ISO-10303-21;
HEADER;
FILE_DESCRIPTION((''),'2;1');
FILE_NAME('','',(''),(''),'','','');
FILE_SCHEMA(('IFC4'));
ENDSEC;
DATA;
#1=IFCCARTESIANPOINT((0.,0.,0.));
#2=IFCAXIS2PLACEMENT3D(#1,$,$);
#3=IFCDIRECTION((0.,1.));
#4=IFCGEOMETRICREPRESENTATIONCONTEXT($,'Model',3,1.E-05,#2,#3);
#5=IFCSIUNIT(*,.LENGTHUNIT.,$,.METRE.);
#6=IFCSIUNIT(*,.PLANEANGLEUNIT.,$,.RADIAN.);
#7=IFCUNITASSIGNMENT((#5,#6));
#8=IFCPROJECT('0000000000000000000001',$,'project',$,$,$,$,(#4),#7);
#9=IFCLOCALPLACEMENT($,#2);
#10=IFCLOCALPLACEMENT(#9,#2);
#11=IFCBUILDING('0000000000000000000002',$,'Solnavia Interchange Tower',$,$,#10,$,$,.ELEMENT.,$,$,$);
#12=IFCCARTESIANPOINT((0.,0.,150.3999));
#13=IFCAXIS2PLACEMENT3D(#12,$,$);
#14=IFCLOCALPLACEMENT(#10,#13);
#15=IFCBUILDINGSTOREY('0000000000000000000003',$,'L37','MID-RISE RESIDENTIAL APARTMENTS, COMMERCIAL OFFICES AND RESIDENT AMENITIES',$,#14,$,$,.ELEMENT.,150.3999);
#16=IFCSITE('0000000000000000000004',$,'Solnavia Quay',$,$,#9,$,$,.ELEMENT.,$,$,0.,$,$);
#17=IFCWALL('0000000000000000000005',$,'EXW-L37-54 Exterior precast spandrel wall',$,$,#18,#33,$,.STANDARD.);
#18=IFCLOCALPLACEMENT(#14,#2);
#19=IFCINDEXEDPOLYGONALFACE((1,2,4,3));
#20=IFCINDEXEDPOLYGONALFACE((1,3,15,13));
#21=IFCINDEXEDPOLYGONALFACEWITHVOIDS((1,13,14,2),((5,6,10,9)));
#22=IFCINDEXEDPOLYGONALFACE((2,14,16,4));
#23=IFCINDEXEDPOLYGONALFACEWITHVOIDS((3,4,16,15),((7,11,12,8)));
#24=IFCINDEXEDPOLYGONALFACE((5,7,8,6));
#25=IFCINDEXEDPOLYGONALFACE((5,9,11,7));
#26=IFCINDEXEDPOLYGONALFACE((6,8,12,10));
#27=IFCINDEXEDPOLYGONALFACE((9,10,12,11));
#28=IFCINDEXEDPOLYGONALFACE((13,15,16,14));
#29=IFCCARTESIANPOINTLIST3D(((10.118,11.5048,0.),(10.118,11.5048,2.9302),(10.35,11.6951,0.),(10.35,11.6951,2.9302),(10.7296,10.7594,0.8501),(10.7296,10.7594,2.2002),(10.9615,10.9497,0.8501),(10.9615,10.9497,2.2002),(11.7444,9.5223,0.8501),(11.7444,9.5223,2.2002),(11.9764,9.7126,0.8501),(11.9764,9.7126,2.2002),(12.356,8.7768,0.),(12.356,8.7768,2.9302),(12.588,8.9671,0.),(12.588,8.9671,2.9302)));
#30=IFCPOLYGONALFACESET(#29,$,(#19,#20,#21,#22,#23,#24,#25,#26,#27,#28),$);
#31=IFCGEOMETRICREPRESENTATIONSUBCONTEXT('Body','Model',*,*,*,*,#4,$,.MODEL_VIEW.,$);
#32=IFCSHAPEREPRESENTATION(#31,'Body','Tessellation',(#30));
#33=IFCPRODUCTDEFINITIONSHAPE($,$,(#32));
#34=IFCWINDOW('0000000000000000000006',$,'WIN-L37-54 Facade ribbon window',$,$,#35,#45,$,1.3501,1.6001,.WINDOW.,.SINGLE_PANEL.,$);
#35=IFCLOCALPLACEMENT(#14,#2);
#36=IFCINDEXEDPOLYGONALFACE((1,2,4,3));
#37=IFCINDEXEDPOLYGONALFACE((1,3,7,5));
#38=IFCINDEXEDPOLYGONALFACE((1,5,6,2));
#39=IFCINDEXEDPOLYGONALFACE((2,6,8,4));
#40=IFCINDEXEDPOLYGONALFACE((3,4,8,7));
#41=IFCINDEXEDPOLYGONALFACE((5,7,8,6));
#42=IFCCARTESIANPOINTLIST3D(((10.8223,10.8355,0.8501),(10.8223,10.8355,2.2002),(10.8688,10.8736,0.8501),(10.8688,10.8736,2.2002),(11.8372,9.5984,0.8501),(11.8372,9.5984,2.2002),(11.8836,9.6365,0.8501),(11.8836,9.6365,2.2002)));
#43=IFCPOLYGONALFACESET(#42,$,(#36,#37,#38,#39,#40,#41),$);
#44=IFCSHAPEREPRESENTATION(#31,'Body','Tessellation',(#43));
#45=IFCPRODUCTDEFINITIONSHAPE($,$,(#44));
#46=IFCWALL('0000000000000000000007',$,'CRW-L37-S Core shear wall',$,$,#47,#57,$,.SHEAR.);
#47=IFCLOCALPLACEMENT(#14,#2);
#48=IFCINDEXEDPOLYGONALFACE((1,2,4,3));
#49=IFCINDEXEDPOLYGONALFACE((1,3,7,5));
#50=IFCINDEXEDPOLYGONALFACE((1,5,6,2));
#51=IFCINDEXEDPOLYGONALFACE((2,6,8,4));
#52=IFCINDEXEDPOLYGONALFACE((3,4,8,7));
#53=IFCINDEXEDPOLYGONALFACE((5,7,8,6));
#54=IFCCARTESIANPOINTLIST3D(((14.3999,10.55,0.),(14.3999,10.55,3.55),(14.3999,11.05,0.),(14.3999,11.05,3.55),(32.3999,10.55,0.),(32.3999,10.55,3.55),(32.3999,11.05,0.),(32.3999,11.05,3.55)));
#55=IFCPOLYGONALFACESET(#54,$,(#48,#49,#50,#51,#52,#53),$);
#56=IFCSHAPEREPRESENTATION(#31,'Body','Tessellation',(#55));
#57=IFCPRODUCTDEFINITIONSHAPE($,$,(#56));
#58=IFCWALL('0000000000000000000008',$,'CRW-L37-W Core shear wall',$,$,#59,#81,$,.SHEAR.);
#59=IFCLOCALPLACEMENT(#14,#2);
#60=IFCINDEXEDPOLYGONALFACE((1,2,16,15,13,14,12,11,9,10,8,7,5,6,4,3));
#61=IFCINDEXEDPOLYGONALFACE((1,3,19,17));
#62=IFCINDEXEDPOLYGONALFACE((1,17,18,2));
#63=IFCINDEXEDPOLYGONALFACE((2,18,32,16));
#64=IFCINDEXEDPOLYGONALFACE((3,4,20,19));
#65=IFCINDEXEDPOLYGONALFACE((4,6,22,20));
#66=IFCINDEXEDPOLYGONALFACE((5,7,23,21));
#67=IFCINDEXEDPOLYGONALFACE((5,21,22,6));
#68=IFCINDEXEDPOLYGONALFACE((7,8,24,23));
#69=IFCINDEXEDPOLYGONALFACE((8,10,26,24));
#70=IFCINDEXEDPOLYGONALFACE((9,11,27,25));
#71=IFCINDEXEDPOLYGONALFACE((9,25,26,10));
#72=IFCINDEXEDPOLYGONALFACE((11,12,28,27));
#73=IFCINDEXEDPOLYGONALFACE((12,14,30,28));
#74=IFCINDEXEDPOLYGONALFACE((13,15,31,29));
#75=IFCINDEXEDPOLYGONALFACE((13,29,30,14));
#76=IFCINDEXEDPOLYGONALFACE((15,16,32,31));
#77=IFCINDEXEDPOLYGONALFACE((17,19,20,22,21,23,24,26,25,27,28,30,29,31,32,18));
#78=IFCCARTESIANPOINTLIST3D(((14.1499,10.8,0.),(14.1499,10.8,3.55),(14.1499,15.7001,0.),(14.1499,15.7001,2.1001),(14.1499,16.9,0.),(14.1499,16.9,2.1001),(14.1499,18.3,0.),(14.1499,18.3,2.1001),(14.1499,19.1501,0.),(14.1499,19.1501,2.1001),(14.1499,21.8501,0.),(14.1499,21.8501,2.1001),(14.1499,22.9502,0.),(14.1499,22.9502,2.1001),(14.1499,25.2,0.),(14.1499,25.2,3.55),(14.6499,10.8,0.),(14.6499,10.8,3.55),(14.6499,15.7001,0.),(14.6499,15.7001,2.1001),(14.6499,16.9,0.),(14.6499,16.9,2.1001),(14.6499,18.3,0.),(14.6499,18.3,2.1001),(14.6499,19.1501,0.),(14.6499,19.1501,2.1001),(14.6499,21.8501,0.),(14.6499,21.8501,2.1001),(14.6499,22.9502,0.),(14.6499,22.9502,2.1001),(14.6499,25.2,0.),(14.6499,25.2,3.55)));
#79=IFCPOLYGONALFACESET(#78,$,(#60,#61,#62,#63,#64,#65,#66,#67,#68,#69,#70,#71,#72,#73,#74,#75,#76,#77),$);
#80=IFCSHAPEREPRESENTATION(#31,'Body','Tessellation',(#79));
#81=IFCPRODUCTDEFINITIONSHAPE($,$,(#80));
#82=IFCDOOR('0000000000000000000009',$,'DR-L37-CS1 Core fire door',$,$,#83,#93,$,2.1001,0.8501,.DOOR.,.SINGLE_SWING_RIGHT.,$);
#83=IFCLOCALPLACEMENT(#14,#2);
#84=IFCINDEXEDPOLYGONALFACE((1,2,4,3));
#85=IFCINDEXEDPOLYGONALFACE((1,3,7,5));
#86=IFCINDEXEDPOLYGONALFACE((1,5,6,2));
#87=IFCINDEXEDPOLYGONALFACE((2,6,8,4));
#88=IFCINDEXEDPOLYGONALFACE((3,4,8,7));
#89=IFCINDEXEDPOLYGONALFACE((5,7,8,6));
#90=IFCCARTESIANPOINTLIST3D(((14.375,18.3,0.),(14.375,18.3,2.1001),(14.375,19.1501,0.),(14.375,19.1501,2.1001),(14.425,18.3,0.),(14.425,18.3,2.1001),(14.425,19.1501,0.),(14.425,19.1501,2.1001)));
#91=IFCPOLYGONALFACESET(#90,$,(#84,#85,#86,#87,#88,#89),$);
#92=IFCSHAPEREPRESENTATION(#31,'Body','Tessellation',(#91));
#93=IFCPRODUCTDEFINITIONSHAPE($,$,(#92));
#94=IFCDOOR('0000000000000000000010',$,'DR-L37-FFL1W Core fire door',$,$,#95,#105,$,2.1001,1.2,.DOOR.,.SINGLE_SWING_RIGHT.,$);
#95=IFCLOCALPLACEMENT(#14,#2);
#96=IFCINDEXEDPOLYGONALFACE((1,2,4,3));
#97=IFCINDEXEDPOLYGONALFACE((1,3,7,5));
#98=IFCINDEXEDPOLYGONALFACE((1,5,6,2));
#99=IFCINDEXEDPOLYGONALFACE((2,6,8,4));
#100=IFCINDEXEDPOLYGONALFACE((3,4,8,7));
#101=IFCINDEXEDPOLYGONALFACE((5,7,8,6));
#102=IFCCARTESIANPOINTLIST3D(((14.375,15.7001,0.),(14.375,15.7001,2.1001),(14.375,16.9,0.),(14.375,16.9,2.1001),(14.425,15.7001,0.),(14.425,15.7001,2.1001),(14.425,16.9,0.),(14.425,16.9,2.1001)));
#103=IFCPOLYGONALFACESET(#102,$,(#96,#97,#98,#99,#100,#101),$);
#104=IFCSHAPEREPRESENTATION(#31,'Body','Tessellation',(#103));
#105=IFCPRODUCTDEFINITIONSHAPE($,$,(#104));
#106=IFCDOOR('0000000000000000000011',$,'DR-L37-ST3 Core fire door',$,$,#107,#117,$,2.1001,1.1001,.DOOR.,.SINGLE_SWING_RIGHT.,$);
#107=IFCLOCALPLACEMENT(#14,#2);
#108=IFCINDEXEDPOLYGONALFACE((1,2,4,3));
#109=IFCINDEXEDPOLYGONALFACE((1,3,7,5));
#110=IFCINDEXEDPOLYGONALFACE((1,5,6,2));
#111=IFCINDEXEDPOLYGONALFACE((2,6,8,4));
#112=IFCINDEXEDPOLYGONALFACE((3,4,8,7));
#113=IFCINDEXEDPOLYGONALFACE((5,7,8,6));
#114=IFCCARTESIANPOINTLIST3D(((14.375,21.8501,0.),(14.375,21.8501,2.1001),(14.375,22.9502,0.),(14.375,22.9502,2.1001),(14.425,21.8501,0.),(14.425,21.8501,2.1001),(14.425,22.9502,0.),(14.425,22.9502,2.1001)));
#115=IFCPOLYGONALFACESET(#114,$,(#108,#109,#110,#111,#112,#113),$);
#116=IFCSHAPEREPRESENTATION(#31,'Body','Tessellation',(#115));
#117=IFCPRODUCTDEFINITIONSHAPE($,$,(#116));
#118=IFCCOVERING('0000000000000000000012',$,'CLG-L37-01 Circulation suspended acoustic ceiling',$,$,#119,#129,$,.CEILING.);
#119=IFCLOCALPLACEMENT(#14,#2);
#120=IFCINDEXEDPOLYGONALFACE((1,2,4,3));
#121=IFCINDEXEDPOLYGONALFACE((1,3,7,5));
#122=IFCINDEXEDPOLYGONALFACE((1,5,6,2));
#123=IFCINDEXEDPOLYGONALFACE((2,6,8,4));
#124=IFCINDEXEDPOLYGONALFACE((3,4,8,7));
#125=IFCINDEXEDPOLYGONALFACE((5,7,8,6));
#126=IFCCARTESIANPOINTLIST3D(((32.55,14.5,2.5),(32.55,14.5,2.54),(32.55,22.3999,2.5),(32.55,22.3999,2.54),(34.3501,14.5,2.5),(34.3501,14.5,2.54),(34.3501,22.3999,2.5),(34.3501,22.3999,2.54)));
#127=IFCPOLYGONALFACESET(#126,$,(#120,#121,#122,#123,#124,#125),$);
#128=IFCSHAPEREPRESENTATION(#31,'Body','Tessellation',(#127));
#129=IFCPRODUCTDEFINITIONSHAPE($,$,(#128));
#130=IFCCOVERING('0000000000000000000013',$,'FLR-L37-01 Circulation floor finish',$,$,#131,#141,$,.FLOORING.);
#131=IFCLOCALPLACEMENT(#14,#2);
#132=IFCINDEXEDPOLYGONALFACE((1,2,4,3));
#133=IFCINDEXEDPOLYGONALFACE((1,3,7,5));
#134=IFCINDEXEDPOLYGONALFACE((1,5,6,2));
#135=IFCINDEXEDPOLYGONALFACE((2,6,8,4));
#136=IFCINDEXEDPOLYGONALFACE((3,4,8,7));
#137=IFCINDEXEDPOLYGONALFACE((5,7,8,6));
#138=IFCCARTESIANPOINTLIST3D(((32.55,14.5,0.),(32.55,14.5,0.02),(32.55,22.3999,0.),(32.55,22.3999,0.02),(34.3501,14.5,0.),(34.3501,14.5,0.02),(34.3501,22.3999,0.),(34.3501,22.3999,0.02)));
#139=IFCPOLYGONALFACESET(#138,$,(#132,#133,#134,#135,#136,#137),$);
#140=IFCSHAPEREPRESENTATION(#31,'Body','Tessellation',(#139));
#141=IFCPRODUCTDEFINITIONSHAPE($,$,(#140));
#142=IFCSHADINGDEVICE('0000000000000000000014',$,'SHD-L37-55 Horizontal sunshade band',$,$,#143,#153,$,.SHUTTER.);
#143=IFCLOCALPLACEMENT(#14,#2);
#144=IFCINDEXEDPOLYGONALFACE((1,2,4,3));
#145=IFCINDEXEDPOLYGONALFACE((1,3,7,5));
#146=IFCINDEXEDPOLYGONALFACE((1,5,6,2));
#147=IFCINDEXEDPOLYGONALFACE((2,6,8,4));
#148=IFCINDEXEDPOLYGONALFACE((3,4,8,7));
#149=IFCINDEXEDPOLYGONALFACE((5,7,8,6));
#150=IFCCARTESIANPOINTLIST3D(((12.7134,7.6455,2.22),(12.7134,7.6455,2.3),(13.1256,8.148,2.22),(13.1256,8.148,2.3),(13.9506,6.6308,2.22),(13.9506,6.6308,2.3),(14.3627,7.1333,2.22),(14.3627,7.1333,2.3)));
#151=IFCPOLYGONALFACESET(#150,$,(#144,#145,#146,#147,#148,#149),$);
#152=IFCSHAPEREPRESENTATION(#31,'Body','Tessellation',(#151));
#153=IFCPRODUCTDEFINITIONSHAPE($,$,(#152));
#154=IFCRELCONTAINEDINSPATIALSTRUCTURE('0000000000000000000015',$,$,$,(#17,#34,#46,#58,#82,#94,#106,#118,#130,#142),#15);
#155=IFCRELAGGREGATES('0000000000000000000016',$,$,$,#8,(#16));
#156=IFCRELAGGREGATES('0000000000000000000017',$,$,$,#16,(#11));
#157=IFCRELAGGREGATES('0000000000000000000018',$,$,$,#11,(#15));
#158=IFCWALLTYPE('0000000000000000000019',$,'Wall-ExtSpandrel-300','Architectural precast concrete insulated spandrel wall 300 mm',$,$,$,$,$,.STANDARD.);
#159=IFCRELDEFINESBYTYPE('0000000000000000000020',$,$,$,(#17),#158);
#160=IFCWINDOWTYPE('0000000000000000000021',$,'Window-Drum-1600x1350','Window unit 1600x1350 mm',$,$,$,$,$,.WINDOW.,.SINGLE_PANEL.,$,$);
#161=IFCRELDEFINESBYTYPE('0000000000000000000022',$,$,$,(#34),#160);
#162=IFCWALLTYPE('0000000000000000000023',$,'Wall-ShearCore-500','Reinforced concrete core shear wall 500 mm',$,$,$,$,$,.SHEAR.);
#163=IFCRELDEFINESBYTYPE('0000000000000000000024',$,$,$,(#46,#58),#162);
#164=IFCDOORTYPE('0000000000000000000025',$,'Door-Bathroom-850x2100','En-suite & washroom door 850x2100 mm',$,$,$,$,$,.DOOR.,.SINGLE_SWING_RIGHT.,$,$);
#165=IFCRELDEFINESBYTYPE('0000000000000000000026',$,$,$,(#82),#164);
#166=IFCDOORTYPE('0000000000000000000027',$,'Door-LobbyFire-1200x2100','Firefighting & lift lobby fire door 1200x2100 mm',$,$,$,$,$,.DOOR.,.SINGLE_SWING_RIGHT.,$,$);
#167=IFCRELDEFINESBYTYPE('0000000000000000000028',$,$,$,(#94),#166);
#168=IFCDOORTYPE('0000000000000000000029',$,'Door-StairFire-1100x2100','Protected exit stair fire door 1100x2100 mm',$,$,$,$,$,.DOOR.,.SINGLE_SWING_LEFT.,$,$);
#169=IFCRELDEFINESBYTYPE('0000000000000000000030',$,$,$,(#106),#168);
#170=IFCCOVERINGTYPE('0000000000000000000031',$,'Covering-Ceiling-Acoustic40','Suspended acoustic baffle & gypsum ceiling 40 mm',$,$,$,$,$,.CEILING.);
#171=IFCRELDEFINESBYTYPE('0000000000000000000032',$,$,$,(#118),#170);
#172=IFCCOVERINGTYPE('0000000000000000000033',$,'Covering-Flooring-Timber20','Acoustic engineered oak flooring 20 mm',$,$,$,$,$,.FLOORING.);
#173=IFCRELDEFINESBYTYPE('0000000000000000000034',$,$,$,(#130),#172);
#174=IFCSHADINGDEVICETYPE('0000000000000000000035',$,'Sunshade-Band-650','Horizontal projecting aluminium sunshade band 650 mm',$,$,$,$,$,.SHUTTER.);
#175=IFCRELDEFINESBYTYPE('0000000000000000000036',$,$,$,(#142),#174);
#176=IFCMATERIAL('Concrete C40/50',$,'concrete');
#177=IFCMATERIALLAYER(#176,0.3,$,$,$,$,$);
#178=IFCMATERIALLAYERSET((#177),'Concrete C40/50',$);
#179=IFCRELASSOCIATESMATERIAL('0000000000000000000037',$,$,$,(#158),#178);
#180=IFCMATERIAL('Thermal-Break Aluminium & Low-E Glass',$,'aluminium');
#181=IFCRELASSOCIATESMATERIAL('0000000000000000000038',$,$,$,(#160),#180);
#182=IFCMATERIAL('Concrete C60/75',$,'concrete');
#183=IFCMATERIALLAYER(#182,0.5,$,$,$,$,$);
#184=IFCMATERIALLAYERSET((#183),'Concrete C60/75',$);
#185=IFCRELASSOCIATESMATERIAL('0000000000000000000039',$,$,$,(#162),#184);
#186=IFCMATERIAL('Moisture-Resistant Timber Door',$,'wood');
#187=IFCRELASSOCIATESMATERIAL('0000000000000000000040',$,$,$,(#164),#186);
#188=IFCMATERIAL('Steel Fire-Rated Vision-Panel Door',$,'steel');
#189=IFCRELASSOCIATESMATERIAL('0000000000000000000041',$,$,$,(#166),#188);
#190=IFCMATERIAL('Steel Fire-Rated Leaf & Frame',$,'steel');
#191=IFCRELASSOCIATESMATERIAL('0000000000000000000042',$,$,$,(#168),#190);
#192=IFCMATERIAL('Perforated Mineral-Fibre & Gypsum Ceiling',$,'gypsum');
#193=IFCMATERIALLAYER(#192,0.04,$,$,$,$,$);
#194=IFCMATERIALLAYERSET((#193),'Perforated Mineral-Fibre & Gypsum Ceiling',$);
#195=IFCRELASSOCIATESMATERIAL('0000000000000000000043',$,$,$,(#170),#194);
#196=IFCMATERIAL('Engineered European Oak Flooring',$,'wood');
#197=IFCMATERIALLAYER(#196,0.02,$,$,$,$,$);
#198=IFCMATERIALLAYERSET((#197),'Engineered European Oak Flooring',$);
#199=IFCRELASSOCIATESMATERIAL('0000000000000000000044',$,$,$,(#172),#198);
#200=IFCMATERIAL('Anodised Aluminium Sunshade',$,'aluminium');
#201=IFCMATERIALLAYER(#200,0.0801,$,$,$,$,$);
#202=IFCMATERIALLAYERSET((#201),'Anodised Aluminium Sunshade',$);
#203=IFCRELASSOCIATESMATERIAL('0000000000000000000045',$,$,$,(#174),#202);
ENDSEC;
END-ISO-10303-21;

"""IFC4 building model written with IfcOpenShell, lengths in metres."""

from ifc_helpers import new_model, si_unit, direction, frame, frame_2d, origin, origin_2d, place, context, subcontext, project, spatial, polyline, rectangle, outline, extrude, material, layer, layer_set, type_object, element, fill, save


model = new_model("IFC4")

# Units and contexts
model_context = context("Model", 3, precision=1e-05, world=origin(), true_north=direction((0.0, 1.0)))
body_context = subcontext(model_context, "Body", "Model", "MODEL_VIEW")
ifc_project = project(units=[si_unit("LENGTHUNIT", "METRE"), si_unit("PLANEANGLEUNIT", "RADIAN")], contexts=[model_context])

# Site, building, storey
site_placement = place(None, origin())
site = spatial("IfcSite", under=ifc_project, at=site_placement, Name="Solnavia Quay", CompositionType="ELEMENT", RefElevation=0.0)
building_placement = place(site_placement, origin())
building = spatial("IfcBuilding", under=site, at=building_placement, Name="Solnavia Interchange Tower", CompositionType="ELEMENT")
storey_placement = place(building_placement, frame((0.0, 0.0, 150.3999)))
storey = spatial("IfcBuildingStorey", under=building, at=storey_placement, Name="L37", Description="MID-RISE RESIDENTIAL APARTMENTS, COMMERCIAL OFFICES AND RESIDENT AMENITIES", CompositionType="ELEMENT", Elevation=150.3999)

# Shared definitions
ifc_material_1 = material(Name="Concrete C40/50", Category="concrete")

# Wall, opening, window
ifc_layer_1 = layer(ifc_material_1, 0.3)
ifc_layer_set_1 = layer_set([ifc_layer_1], Name="Concrete C40/50")
wall_type_1 = type_object("IfcWallType", Name="Wall-ExtSpandrel-300", Description="Architectural precast concrete insulated spandrel wall 300 mm", PredefinedType="STANDARD", material=ifc_layer_set_1)
wall_1_placement = place(storey_placement, frame((12.4719, 8.8721, 0.0), z_axis=(0.0, 0.0, 1.0), x_axis=(-0.634258, 0.773121, 0.0)))
wall_1 = element("IfcWall", 1, at=wall_1_placement, inside=storey, type_object=wall_type_1, Name="EXW-L37-54 Exterior precast spandrel wall", PredefinedType="STANDARD", context=body_context, shape_type="SweptSolid", body=[
    extrude(rectangle(XDim=3.5286, YDim=0.3, at=frame_2d((1.7642, 0.0))), origin(), (0.0, 0.0, 1.0), 2.9302),
])
opening_1_placement = place(wall_1_placement, frame((0.9641, 0.0, 0.8501)))
opening_1 = element("IfcOpeningElement", 2, at=opening_1_placement, cuts=wall_1, PredefinedType="OPENING", context=body_context, shape_type="SweptSolid", body=[
    extrude(rectangle(XDim=1.6001, YDim=1.3501, at=frame_2d((0.8, 0.675))), frame((0.0, 0.1602, 0.0), z_axis=(0.0, -1.0, 0.0), x_axis=(1.0, 0.0, 0.0)), (0.0, 0.0, 1.0), 0.3201),
])
ifc_material_2 = material(Name="Thermal-Break Aluminium & Low-E Glass", Category="aluminium")
window_type = type_object("IfcWindowType", Name="Window-Drum-1600x1350", Description="Window unit 1600x1350 mm", PartitioningType="SINGLE_PANEL", PredefinedType="WINDOW", material=ifc_material_2)
window_placement = place(opening_1_placement, origin())
window = element("IfcWindow", 3, at=window_placement, inside=storey, type_object=window_type, Name="WIN-L37-54 Facade ribbon window", OverallHeight=1.3501, OverallWidth=1.6001, PartitioningType="SINGLE_PANEL", PredefinedType="WINDOW", context=body_context, shape_type="SweptSolid", body=[
    extrude(rectangle(XDim=1.6001, YDim=1.3501, at=frame_2d((0.8, 0.675))), frame((0.0, 0.03, 0.0), z_axis=(0.0, -1.0, 0.0), x_axis=(1.0, 0.0, 0.0)), (0.0, 0.0, 1.0), 0.0601),
])
fill(opening_1, window)

# Wall
ifc_material_3 = material(Name="Concrete C60/75", Category="concrete")
ifc_layer_2 = layer(ifc_material_3, 0.5)
ifc_layer_set_2 = layer_set([ifc_layer_2], Name="Concrete C60/75")
wall_type_2 = type_object("IfcWallType", Name="Wall-ShearCore-500", Description="Reinforced concrete core shear wall 500 mm", PredefinedType="SHEAR", material=ifc_layer_set_2)
wall_2_placement = place(storey_placement, frame((14.3999, 10.8, 0.0), z_axis=(0.0, 0.0, 1.0), x_axis=(1.0, 0.0, 0.0)))
element("IfcWall", 4, at=wall_2_placement, inside=storey, type_object=wall_type_2, Name="CRW-L37-S Core shear wall", PredefinedType="SHEAR", context=body_context, shape_type="SweptSolid", body=[
    extrude(rectangle(XDim=18.0, YDim=0.5, at=frame_2d((9.0, 0.0))), origin(), (0.0, 0.0, 1.0), 3.55),
])

# Wall, openings, doors
wall_3_placement = place(storey_placement, frame((14.3999, 10.8, 0.0), z_axis=(0.0, 0.0, 1.0), x_axis=(0.0, 1.0, 0.0)))
wall_3 = element("IfcWall", 5, at=wall_3_placement, inside=storey, type_object=wall_type_2, Name="CRW-L37-W Core shear wall", PredefinedType="SHEAR", context=body_context, shape_type="SweptSolid", body=[
    extrude(rectangle(XDim=14.3999, YDim=0.5, at=frame_2d((7.2, 0.0))), origin(), (0.0, 0.0, 1.0), 3.55),
])
opening_2_placement = place(wall_3_placement, frame((11.05, 0.0, 0.0)))
opening_2 = element("IfcOpeningElement", 6, at=opening_2_placement, cuts=wall_3, PredefinedType="OPENING", context=body_context, shape_type="SweptSolid", body=[
    extrude(rectangle(XDim=1.1001, YDim=2.1001, at=frame_2d((0.55, 1.05))), frame((0.0, 0.26, 0.0), z_axis=(0.0, -1.0, 0.0), x_axis=(1.0, 0.0, 0.0)), (0.0, 0.0, 1.0), 0.52),
])
opening_3_placement = place(wall_3_placement, frame((4.8999, 0.0, 0.0)))
opening_3 = element("IfcOpeningElement", 7, at=opening_3_placement, cuts=wall_3, PredefinedType="OPENING", context=body_context, shape_type="SweptSolid", body=[
    extrude(rectangle(XDim=1.2, YDim=2.1001, at=frame_2d((0.6001, 1.05))), frame((0.0, 0.26, 0.0), z_axis=(0.0, -1.0, 0.0), x_axis=(1.0, 0.0, 0.0)), (0.0, 0.0, 1.0), 0.52),
])
opening_4_placement = place(wall_3_placement, frame((7.5, 0.0, 0.0)))
opening_4 = element("IfcOpeningElement", 8, at=opening_4_placement, cuts=wall_3, PredefinedType="OPENING", context=body_context, shape_type="SweptSolid", body=[
    extrude(rectangle(XDim=0.8501, YDim=2.1001, at=frame_2d((0.425, 1.05))), frame((0.0, 0.26, 0.0), z_axis=(0.0, -1.0, 0.0), x_axis=(1.0, 0.0, 0.0)), (0.0, 0.0, 1.0), 0.52),
])
ifc_material_4 = material(Name="Moisture-Resistant Timber Door", Category="wood")
door_type_1 = type_object("IfcDoorType", Name="Door-Bathroom-850x2100", Description="En-suite & washroom door 850x2100 mm", OperationType="SINGLE_SWING_RIGHT", PredefinedType="DOOR", material=ifc_material_4)
door_1_placement = place(opening_4_placement, origin())
door_1 = element("IfcDoor", 9, at=door_1_placement, inside=storey, type_object=door_type_1, Name="DR-L37-CS1 Core fire door", OperationType="SINGLE_SWING_RIGHT", OverallHeight=2.1001, OverallWidth=0.8501, PredefinedType="DOOR", context=body_context, shape_type="SweptSolid", body=[
    extrude(rectangle(XDim=0.8501, YDim=2.1001, at=frame_2d((0.425, 1.05))), frame((0.0, 0.0249, 0.0), z_axis=(0.0, -1.0, 0.0), x_axis=(1.0, 0.0, 0.0)), (0.0, 0.0, 1.0), 0.05),
])
fill(opening_4, door_1)
ifc_material_5 = material(Name="Steel Fire-Rated Vision-Panel Door", Category="steel")
door_type_2 = type_object("IfcDoorType", Name="Door-LobbyFire-1200x2100", Description="Firefighting & lift lobby fire door 1200x2100 mm", OperationType="SINGLE_SWING_RIGHT", PredefinedType="DOOR", material=ifc_material_5)
door_2_placement = place(opening_3_placement, origin())
door_2 = element("IfcDoor", 10, at=door_2_placement, inside=storey, type_object=door_type_2, Name="DR-L37-FFL1W Core fire door", OperationType="SINGLE_SWING_RIGHT", OverallHeight=2.1001, OverallWidth=1.2, PredefinedType="DOOR", context=body_context, shape_type="SweptSolid", body=[
    extrude(rectangle(XDim=1.2, YDim=2.1001, at=frame_2d((0.6001, 1.05))), frame((0.0, 0.0249, 0.0), z_axis=(0.0, -1.0, 0.0), x_axis=(1.0, 0.0, 0.0)), (0.0, 0.0, 1.0), 0.05),
])
fill(opening_3, door_2)
ifc_material_6 = material(Name="Steel Fire-Rated Leaf & Frame", Category="steel")
door_type_3 = type_object("IfcDoorType", Name="Door-StairFire-1100x2100", Description="Protected exit stair fire door 1100x2100 mm", OperationType="SINGLE_SWING_LEFT", PredefinedType="DOOR", material=ifc_material_6)
door_3_placement = place(opening_2_placement, origin())
door_3 = element("IfcDoor", 11, at=door_3_placement, inside=storey, type_object=door_type_3, Name="DR-L37-ST3 Core fire door", OperationType="SINGLE_SWING_RIGHT", OverallHeight=2.1001, OverallWidth=1.1001, PredefinedType="DOOR", context=body_context, shape_type="SweptSolid", body=[
    extrude(rectangle(XDim=1.1001, YDim=2.1001, at=frame_2d((0.55, 1.05))), frame((0.0, 0.0249, 0.0), z_axis=(0.0, -1.0, 0.0), x_axis=(1.0, 0.0, 0.0)), (0.0, 0.0, 1.0), 0.05),
])
fill(opening_2, door_3)

# Coverings
ifc_material_7 = material(Name="Perforated Mineral-Fibre & Gypsum Ceiling", Category="gypsum")
ifc_layer_3 = layer(ifc_material_7, 0.04)
ifc_layer_set_3 = layer_set([ifc_layer_3], Name="Perforated Mineral-Fibre & Gypsum Ceiling")
covering_type_1 = type_object("IfcCoveringType", Name="Covering-Ceiling-Acoustic40", Description="Suspended acoustic baffle & gypsum ceiling 40 mm", PredefinedType="CEILING", material=ifc_layer_set_3)
covering_1_placement = place(storey_placement, frame((0.0, 0.0, 2.5)))
element("IfcCovering", 12, at=covering_1_placement, inside=storey, type_object=covering_type_1, Name="CLG-L37-01 Circulation suspended acoustic ceiling", PredefinedType="CEILING", context=body_context, shape_type="SweptSolid", body=[
    extrude(outline(polyline([(32.55, 14.5), (34.3501, 14.5), (34.3501, 22.3999), (32.55, 22.3999), (32.55, 14.5)])), origin(), (0.0, 0.0, 1.0), 0.04),
])
ifc_material_8 = material(Name="Engineered European Oak Flooring", Category="wood")
ifc_layer_4 = layer(ifc_material_8, 0.02)
ifc_layer_set_4 = layer_set([ifc_layer_4], Name="Engineered European Oak Flooring")
covering_type_2 = type_object("IfcCoveringType", Name="Covering-Flooring-Timber20", Description="Acoustic engineered oak flooring 20 mm", PredefinedType="FLOORING", material=ifc_layer_set_4)
covering_2_placement = place(storey_placement, origin())
element("IfcCovering", 13, at=covering_2_placement, inside=storey, type_object=covering_type_2, Name="FLR-L37-01 Circulation floor finish", PredefinedType="FLOORING", context=body_context, shape_type="SweptSolid", body=[
    extrude(outline(polyline([(32.55, 14.5), (34.3501, 14.5), (34.3501, 22.3999), (32.55, 22.3999), (32.55, 14.5)])), origin(), (0.0, 0.0, 1.0), 0.02),
])

# Shading device
ifc_material_9 = material(Name="Anodised Aluminium Sunshade", Category="aluminium")
ifc_layer_5 = layer(ifc_material_9, 0.0801)
ifc_layer_set_5 = layer_set([ifc_layer_5], Name="Anodised Aluminium Sunshade")
shading_device_type = type_object("IfcShadingDeviceType", Name="Sunshade-Band-650", Description="Horizontal projecting aluminium sunshade band 650 mm", PredefinedType="SHUTTER", material=ifc_layer_set_5)
shading_device_placement = place(storey_placement, frame((13.5381, 7.3894, 2.22), z_axis=(0.0, 0.0, 1.0), x_axis=(-0.773177, 0.634191, 0.0)))
element("IfcShadingDevice", 14, at=shading_device_placement, inside=storey, type_object=shading_device_type, Name="SHD-L37-55 Horizontal sunshade band", PredefinedType="SHUTTER", context=body_context, shape_type="SweptSolid", body=[
    extrude(rectangle(XDim=1.6001, YDim=0.6499, at=origin_2d()), origin(), (0.0, 0.0, 1.0), 0.0801),
])

save(model, "model.ifc")
